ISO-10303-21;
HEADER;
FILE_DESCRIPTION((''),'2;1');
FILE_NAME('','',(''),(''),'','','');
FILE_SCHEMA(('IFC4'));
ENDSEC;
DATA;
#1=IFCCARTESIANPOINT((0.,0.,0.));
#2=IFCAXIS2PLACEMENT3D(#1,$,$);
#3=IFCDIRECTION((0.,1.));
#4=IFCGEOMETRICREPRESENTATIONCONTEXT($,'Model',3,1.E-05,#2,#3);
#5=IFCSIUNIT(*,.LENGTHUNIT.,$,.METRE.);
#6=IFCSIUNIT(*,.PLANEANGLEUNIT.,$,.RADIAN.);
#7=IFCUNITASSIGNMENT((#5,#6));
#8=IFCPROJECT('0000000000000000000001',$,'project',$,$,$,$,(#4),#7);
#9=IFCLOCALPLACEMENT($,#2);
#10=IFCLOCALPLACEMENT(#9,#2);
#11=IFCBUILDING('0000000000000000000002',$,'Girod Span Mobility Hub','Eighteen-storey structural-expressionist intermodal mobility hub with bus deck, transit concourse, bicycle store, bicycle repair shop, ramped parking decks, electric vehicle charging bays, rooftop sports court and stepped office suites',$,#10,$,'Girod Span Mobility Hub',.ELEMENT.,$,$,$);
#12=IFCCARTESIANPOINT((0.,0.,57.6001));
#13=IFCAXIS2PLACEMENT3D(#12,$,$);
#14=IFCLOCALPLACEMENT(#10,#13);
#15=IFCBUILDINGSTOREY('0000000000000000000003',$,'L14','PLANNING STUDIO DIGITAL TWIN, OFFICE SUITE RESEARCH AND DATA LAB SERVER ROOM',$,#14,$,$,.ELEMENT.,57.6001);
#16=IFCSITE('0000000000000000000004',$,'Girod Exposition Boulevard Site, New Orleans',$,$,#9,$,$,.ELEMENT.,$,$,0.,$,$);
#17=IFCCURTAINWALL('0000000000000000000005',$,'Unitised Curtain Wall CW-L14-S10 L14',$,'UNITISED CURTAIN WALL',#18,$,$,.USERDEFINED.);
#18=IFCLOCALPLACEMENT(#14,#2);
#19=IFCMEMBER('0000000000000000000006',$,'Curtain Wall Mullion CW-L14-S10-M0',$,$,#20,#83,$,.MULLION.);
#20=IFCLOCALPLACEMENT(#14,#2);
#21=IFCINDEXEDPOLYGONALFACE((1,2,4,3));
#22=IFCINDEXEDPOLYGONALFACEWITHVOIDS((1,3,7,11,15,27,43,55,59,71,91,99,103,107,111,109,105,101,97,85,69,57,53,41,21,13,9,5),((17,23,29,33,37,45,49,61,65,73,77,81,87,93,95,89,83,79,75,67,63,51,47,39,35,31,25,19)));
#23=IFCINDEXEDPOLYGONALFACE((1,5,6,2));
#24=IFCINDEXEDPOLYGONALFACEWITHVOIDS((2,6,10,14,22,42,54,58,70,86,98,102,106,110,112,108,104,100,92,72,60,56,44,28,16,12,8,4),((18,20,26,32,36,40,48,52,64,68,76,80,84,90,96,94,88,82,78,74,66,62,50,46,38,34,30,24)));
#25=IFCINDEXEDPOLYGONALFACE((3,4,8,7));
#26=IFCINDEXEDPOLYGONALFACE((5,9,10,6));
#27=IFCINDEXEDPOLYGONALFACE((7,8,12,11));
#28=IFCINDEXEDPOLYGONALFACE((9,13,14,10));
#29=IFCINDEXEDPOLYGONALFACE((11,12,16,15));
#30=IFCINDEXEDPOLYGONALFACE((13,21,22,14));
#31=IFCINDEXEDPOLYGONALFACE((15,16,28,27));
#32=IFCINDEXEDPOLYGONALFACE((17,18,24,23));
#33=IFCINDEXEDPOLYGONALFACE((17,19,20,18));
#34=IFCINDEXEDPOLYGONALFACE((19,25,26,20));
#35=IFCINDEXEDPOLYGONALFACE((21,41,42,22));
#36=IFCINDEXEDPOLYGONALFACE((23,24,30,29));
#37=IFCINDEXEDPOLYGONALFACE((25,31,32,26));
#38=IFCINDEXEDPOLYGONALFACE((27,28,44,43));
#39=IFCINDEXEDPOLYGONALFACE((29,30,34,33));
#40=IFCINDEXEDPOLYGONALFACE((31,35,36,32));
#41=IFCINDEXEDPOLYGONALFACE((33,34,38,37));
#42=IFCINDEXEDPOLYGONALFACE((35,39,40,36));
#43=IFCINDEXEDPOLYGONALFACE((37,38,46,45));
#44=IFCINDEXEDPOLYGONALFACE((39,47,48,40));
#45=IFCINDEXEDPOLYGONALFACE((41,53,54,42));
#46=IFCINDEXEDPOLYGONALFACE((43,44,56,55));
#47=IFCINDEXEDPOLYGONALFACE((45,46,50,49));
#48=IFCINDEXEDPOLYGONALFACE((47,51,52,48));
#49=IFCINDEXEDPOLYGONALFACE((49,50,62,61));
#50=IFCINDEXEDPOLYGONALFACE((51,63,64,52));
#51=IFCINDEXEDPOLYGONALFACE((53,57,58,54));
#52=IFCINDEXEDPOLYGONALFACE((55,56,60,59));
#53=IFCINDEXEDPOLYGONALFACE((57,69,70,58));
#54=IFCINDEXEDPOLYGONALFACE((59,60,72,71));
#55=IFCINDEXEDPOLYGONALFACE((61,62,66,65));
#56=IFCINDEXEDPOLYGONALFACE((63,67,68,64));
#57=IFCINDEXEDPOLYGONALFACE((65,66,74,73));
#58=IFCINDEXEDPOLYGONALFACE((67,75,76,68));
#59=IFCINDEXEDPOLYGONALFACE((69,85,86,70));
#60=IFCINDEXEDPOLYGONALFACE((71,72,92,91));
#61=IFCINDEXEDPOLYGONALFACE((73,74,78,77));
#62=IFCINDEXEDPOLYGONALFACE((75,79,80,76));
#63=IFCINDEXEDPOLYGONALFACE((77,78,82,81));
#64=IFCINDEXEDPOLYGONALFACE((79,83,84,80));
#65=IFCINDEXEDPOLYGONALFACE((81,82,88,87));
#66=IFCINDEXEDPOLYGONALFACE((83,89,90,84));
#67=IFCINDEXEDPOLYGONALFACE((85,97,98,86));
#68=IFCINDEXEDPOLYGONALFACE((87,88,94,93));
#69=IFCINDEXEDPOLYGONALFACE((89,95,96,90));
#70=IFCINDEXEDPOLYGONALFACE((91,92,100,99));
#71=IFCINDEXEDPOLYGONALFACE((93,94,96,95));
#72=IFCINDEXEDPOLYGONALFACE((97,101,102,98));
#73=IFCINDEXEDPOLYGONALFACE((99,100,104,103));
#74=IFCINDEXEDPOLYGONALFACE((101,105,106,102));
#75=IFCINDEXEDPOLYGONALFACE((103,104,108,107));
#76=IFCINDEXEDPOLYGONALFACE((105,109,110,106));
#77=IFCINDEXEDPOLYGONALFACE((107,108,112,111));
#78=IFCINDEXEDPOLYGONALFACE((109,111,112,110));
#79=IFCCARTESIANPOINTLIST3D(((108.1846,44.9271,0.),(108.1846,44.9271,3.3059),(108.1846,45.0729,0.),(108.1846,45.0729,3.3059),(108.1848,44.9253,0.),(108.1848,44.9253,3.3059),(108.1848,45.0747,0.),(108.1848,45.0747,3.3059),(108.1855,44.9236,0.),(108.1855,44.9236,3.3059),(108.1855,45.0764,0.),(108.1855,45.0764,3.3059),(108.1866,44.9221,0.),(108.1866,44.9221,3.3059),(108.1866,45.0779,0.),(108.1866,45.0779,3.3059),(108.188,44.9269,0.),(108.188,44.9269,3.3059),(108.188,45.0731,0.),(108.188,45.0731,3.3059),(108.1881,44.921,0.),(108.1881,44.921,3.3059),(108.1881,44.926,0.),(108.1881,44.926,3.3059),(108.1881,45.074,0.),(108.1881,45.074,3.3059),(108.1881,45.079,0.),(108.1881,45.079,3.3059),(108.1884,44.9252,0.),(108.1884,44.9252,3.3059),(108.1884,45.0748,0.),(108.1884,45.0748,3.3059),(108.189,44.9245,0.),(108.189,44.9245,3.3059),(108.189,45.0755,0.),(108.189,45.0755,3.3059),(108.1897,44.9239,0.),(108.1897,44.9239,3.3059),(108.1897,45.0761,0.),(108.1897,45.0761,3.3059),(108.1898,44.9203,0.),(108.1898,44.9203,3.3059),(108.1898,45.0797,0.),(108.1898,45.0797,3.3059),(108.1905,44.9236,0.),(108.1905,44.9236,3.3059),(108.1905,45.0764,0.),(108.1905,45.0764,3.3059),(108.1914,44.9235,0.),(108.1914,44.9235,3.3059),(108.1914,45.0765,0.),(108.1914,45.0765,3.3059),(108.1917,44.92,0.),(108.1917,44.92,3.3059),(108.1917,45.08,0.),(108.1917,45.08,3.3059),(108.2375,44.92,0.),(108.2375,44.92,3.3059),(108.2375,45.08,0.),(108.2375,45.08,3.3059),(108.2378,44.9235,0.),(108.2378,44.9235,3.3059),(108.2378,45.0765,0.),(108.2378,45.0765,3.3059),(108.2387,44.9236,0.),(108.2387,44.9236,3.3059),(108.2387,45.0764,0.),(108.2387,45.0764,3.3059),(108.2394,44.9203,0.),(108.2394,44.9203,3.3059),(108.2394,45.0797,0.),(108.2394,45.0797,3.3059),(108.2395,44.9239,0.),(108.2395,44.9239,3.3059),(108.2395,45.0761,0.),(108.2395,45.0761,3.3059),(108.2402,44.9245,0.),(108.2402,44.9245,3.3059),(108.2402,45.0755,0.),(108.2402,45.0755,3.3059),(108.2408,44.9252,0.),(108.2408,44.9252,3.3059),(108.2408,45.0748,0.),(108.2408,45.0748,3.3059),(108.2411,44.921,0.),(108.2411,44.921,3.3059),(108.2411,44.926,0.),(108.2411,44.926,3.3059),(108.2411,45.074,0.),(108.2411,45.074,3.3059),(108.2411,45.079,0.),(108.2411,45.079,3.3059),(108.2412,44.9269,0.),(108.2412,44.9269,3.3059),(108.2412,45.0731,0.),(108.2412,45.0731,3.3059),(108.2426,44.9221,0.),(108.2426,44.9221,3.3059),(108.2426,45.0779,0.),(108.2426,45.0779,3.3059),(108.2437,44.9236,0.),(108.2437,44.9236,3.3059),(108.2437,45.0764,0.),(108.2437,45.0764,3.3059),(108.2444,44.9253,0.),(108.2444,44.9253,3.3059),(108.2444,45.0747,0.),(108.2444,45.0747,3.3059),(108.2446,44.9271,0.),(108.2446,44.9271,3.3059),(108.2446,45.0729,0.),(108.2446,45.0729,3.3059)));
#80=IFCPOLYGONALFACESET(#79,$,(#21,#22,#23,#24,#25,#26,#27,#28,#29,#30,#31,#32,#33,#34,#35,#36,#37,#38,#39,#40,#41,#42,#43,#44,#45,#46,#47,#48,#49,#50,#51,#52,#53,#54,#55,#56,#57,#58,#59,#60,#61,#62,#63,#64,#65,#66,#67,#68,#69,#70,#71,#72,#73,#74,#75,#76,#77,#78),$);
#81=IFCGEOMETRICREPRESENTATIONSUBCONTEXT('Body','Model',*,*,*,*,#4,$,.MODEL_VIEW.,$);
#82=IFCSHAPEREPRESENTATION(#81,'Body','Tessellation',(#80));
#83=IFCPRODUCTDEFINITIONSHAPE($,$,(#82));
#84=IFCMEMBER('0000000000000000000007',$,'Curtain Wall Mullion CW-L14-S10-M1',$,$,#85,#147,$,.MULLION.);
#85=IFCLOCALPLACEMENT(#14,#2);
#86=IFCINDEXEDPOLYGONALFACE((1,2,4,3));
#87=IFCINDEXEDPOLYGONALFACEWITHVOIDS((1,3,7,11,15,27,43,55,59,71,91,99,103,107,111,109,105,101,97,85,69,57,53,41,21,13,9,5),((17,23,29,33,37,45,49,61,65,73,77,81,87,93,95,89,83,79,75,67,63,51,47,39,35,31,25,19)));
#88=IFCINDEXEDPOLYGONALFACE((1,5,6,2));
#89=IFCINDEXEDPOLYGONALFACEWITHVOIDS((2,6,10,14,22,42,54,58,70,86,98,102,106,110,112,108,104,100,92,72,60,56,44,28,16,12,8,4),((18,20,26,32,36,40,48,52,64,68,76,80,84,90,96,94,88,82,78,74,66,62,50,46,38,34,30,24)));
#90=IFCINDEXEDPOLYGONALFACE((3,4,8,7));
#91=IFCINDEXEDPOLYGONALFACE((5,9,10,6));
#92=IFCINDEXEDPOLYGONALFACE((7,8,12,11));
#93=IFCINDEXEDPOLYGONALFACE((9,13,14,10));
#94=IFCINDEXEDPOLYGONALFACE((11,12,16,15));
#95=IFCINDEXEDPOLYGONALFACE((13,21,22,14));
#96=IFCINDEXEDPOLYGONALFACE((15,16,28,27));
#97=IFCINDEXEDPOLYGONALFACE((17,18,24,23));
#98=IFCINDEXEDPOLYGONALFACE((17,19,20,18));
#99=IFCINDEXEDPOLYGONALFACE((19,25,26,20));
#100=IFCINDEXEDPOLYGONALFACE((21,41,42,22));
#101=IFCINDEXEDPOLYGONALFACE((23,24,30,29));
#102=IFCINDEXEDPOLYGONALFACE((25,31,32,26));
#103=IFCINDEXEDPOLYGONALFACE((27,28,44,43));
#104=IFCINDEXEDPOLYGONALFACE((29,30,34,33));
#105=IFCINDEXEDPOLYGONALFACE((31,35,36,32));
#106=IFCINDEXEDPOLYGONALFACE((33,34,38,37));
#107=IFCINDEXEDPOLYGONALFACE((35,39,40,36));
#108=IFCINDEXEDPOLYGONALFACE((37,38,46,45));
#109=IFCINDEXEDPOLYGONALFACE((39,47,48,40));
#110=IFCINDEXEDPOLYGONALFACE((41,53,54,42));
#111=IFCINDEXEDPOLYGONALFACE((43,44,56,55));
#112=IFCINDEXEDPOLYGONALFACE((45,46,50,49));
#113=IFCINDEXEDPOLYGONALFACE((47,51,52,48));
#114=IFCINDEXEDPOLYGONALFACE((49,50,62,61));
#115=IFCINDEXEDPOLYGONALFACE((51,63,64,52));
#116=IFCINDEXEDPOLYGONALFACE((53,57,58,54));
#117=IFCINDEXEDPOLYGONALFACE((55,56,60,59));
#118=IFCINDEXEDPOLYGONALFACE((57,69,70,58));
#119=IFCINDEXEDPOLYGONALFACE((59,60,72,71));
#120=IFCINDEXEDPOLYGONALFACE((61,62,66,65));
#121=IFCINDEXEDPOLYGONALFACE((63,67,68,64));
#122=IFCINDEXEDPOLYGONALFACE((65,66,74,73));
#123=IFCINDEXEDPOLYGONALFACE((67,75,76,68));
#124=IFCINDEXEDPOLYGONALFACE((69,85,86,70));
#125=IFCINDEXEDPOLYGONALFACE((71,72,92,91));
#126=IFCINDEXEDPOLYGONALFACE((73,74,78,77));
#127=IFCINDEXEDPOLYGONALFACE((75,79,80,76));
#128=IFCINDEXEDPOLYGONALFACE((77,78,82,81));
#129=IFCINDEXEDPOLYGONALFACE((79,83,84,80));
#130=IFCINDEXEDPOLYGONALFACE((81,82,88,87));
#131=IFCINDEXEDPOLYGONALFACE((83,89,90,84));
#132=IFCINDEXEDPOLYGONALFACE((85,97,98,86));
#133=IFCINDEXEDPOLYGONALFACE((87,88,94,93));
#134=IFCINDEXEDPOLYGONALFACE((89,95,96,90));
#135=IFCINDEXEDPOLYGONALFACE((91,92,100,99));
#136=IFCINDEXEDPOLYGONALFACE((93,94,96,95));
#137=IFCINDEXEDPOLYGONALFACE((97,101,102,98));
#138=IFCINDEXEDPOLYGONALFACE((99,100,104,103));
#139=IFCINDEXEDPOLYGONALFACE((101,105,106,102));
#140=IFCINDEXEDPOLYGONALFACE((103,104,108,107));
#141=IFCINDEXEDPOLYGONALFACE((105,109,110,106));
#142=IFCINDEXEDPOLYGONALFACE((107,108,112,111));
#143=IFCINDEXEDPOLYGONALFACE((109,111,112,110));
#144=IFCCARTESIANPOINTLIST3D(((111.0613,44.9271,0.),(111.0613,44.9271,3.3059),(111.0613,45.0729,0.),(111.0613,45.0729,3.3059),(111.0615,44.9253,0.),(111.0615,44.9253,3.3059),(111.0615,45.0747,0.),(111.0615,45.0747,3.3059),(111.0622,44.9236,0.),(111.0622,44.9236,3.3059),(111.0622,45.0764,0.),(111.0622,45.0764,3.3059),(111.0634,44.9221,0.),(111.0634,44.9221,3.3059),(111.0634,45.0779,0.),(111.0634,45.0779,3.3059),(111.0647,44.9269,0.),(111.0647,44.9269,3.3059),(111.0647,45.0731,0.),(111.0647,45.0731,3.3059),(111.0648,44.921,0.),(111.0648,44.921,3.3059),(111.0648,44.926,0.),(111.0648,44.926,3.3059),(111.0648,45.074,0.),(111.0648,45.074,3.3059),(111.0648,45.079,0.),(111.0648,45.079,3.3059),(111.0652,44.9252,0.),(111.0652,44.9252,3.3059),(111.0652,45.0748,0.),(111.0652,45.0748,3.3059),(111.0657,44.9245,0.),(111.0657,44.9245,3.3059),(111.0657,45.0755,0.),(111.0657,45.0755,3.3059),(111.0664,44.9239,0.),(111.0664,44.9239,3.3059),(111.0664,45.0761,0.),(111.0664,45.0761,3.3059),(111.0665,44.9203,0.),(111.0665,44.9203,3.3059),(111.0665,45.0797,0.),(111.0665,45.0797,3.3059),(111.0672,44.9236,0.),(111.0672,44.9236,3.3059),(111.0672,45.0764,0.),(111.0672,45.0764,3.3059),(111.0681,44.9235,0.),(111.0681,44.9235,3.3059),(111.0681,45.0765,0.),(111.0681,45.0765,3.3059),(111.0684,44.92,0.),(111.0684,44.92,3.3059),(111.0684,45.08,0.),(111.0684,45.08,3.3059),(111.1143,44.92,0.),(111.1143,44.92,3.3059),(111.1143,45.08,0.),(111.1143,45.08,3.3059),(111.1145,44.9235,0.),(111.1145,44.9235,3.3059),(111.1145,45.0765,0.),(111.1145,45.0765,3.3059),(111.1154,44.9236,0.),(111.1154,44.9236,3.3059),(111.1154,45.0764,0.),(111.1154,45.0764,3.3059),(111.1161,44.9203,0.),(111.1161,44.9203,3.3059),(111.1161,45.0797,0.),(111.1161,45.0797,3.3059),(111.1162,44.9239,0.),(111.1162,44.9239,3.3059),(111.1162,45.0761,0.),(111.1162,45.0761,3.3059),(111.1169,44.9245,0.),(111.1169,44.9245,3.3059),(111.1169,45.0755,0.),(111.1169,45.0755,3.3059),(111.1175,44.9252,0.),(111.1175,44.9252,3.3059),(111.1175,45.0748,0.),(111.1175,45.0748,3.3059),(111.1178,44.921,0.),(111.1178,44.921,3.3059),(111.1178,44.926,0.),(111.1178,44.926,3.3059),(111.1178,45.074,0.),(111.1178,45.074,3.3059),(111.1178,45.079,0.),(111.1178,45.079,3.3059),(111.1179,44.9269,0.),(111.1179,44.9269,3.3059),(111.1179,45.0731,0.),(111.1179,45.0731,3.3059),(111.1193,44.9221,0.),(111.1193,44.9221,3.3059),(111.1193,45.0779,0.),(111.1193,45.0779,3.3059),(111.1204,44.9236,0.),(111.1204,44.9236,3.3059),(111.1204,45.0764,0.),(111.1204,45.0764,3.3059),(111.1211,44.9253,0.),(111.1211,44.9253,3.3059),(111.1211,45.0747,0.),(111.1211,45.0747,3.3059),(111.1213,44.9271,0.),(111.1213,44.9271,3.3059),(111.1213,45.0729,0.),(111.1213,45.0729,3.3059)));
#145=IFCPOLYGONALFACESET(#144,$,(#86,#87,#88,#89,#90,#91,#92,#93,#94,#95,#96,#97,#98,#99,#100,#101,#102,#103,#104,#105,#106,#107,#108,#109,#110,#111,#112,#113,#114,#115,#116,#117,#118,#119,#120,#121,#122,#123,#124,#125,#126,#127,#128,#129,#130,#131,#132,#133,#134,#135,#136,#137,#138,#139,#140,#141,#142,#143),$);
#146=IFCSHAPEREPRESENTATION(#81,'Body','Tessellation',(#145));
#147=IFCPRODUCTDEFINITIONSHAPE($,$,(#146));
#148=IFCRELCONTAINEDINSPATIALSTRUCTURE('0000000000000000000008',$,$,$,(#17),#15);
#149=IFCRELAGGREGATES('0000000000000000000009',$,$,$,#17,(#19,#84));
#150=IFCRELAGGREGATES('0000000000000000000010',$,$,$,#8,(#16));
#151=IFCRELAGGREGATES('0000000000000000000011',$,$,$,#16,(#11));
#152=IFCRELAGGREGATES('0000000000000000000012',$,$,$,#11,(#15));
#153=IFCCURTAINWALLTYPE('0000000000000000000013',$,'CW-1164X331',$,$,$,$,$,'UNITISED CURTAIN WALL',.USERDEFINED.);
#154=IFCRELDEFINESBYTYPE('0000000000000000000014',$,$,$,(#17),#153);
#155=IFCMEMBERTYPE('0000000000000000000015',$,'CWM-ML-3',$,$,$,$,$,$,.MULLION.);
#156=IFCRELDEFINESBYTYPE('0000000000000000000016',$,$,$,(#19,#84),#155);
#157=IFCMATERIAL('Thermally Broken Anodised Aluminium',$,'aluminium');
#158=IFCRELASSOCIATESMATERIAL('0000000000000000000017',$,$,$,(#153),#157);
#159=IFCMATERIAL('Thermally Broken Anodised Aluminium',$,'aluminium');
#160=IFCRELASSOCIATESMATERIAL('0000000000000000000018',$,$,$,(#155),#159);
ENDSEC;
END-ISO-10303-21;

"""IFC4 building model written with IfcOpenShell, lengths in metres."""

from ifc_helpers import new_model, si_unit, direction, frame, origin, origin_2d, place, context, subcontext, project, spatial, hollow_rectangle, extrude, material, material_profile, profile_set, type_object, element, aggregate, save


model = new_model("IFC4")

# Units and contexts
model_context = context("Model", 3, precision=1e-05, world=origin(), true_north=direction((0.0, 1.0)))
body_context = subcontext(model_context, "Body", "Model", "MODEL_VIEW")
ifc_project = project(units=[si_unit("LENGTHUNIT", "METRE"), si_unit("PLANEANGLEUNIT", "RADIAN")], contexts=[model_context])

# Site, building, storey
site_placement = place(None, origin())
site = spatial("IfcSite", under=ifc_project, at=site_placement, Name="Girod Exposition Boulevard Site, New Orleans", CompositionType="ELEMENT", RefElevation=0.0)
building_placement = place(site_placement, origin())
building = spatial("IfcBuilding", under=site, at=building_placement, Name="Girod Span Mobility Hub", Description="Eighteen-storey structural-expressionist intermodal mobility hub with bus deck, transit concourse, bicycle store, bicycle repair shop, ramped parking decks, electric vehicle charging bays, rooftop sports court and stepped office suites", LongName="Girod Span Mobility Hub", CompositionType="ELEMENT")
storey_placement = place(building_placement, frame((0.0, 0.0, 57.6001)))
storey = spatial("IfcBuildingStorey", under=building, at=storey_placement, Name="L14", Description="PLANNING STUDIO DIGITAL TWIN, OFFICE SUITE RESEARCH AND DATA LAB SERVER ROOM", CompositionType="ELEMENT", Elevation=57.6001)

# Curtain wall, members
ifc_material_1 = material(Name="Thermally Broken Anodised Aluminium", Category="aluminium")
curtain_wall_type = type_object("IfcCurtainWallType", Name="CW-1164X331", ElementType="UNITISED CURTAIN WALL", PredefinedType="USERDEFINED", material=ifc_material_1)
ifc_material_2 = material(Name="Thermally Broken Anodised Aluminium", Category="aluminium")
ifc_material_profile_1 = material_profile(ifc_material_2, hollow_rectangle(XDim=0.1599, YDim=0.0601, WallThickness=0.0034, InnerFilletRadius=0.0034, OuterFilletRadius=0.0071, at=origin_2d()), Name="CW-ML-60X160")
ifc_profile_set_1 = profile_set([ifc_material_profile_1], Name="Thermally Broken Anodised Aluminium")
member_type_1 = type_object("IfcMemberType", Name="CWM-ML-3", PredefinedType="MULLION", material=ifc_profile_set_1)
curtain_wall_1_placement = place(storey_placement, origin())
curtain_wall_1 = element("IfcCurtainWall", 1, at=curtain_wall_1_placement, inside=storey, type_object=curtain_wall_type, Name="Unitised Curtain Wall CW-L14-S10 L14", ObjectType="UNITISED CURTAIN WALL", PredefinedType="USERDEFINED")
member_1_placement = place(storey_placement, frame((108.2146, 45.0, 0.0), z_axis=(0.0, 0.0, 1.0), x_axis=(0.0, 1.0, 0.0)))
member_1 = element("IfcMember", 2, at=member_1_placement, type_object=member_type_1, Name="Curtain Wall Mullion CW-L14-S10-M0", PredefinedType="MULLION", context=body_context, shape_type="SweptSolid", body=[
    extrude(hollow_rectangle(XDim=0.1599, YDim=0.0601, WallThickness=0.0034, InnerFilletRadius=0.0034, OuterFilletRadius=0.0071, at=origin_2d()), origin(), (0.0, 0.0, 1.0), 3.3059),
])
member_2_placement = place(storey_placement, frame((111.0913, 45.0, 0.0), z_axis=(0.0, 0.0, 1.0), x_axis=(0.0, 1.0, 0.0)))
member_2 = element("IfcMember", 3, at=member_2_placement, type_object=member_type_1, Name="Curtain Wall Mullion CW-L14-S10-M1", PredefinedType="MULLION", context=body_context, shape_type="SweptSolid", body=[
    extrude(hollow_rectangle(XDim=0.1599, YDim=0.0601, WallThickness=0.0034, InnerFilletRadius=0.0034, OuterFilletRadius=0.0071, at=origin_2d()), origin(), (0.0, 0.0, 1.0), 3.3059),
])

aggregate(curtain_wall_1, [member_1, member_2])

save(model, "model.ifc")
